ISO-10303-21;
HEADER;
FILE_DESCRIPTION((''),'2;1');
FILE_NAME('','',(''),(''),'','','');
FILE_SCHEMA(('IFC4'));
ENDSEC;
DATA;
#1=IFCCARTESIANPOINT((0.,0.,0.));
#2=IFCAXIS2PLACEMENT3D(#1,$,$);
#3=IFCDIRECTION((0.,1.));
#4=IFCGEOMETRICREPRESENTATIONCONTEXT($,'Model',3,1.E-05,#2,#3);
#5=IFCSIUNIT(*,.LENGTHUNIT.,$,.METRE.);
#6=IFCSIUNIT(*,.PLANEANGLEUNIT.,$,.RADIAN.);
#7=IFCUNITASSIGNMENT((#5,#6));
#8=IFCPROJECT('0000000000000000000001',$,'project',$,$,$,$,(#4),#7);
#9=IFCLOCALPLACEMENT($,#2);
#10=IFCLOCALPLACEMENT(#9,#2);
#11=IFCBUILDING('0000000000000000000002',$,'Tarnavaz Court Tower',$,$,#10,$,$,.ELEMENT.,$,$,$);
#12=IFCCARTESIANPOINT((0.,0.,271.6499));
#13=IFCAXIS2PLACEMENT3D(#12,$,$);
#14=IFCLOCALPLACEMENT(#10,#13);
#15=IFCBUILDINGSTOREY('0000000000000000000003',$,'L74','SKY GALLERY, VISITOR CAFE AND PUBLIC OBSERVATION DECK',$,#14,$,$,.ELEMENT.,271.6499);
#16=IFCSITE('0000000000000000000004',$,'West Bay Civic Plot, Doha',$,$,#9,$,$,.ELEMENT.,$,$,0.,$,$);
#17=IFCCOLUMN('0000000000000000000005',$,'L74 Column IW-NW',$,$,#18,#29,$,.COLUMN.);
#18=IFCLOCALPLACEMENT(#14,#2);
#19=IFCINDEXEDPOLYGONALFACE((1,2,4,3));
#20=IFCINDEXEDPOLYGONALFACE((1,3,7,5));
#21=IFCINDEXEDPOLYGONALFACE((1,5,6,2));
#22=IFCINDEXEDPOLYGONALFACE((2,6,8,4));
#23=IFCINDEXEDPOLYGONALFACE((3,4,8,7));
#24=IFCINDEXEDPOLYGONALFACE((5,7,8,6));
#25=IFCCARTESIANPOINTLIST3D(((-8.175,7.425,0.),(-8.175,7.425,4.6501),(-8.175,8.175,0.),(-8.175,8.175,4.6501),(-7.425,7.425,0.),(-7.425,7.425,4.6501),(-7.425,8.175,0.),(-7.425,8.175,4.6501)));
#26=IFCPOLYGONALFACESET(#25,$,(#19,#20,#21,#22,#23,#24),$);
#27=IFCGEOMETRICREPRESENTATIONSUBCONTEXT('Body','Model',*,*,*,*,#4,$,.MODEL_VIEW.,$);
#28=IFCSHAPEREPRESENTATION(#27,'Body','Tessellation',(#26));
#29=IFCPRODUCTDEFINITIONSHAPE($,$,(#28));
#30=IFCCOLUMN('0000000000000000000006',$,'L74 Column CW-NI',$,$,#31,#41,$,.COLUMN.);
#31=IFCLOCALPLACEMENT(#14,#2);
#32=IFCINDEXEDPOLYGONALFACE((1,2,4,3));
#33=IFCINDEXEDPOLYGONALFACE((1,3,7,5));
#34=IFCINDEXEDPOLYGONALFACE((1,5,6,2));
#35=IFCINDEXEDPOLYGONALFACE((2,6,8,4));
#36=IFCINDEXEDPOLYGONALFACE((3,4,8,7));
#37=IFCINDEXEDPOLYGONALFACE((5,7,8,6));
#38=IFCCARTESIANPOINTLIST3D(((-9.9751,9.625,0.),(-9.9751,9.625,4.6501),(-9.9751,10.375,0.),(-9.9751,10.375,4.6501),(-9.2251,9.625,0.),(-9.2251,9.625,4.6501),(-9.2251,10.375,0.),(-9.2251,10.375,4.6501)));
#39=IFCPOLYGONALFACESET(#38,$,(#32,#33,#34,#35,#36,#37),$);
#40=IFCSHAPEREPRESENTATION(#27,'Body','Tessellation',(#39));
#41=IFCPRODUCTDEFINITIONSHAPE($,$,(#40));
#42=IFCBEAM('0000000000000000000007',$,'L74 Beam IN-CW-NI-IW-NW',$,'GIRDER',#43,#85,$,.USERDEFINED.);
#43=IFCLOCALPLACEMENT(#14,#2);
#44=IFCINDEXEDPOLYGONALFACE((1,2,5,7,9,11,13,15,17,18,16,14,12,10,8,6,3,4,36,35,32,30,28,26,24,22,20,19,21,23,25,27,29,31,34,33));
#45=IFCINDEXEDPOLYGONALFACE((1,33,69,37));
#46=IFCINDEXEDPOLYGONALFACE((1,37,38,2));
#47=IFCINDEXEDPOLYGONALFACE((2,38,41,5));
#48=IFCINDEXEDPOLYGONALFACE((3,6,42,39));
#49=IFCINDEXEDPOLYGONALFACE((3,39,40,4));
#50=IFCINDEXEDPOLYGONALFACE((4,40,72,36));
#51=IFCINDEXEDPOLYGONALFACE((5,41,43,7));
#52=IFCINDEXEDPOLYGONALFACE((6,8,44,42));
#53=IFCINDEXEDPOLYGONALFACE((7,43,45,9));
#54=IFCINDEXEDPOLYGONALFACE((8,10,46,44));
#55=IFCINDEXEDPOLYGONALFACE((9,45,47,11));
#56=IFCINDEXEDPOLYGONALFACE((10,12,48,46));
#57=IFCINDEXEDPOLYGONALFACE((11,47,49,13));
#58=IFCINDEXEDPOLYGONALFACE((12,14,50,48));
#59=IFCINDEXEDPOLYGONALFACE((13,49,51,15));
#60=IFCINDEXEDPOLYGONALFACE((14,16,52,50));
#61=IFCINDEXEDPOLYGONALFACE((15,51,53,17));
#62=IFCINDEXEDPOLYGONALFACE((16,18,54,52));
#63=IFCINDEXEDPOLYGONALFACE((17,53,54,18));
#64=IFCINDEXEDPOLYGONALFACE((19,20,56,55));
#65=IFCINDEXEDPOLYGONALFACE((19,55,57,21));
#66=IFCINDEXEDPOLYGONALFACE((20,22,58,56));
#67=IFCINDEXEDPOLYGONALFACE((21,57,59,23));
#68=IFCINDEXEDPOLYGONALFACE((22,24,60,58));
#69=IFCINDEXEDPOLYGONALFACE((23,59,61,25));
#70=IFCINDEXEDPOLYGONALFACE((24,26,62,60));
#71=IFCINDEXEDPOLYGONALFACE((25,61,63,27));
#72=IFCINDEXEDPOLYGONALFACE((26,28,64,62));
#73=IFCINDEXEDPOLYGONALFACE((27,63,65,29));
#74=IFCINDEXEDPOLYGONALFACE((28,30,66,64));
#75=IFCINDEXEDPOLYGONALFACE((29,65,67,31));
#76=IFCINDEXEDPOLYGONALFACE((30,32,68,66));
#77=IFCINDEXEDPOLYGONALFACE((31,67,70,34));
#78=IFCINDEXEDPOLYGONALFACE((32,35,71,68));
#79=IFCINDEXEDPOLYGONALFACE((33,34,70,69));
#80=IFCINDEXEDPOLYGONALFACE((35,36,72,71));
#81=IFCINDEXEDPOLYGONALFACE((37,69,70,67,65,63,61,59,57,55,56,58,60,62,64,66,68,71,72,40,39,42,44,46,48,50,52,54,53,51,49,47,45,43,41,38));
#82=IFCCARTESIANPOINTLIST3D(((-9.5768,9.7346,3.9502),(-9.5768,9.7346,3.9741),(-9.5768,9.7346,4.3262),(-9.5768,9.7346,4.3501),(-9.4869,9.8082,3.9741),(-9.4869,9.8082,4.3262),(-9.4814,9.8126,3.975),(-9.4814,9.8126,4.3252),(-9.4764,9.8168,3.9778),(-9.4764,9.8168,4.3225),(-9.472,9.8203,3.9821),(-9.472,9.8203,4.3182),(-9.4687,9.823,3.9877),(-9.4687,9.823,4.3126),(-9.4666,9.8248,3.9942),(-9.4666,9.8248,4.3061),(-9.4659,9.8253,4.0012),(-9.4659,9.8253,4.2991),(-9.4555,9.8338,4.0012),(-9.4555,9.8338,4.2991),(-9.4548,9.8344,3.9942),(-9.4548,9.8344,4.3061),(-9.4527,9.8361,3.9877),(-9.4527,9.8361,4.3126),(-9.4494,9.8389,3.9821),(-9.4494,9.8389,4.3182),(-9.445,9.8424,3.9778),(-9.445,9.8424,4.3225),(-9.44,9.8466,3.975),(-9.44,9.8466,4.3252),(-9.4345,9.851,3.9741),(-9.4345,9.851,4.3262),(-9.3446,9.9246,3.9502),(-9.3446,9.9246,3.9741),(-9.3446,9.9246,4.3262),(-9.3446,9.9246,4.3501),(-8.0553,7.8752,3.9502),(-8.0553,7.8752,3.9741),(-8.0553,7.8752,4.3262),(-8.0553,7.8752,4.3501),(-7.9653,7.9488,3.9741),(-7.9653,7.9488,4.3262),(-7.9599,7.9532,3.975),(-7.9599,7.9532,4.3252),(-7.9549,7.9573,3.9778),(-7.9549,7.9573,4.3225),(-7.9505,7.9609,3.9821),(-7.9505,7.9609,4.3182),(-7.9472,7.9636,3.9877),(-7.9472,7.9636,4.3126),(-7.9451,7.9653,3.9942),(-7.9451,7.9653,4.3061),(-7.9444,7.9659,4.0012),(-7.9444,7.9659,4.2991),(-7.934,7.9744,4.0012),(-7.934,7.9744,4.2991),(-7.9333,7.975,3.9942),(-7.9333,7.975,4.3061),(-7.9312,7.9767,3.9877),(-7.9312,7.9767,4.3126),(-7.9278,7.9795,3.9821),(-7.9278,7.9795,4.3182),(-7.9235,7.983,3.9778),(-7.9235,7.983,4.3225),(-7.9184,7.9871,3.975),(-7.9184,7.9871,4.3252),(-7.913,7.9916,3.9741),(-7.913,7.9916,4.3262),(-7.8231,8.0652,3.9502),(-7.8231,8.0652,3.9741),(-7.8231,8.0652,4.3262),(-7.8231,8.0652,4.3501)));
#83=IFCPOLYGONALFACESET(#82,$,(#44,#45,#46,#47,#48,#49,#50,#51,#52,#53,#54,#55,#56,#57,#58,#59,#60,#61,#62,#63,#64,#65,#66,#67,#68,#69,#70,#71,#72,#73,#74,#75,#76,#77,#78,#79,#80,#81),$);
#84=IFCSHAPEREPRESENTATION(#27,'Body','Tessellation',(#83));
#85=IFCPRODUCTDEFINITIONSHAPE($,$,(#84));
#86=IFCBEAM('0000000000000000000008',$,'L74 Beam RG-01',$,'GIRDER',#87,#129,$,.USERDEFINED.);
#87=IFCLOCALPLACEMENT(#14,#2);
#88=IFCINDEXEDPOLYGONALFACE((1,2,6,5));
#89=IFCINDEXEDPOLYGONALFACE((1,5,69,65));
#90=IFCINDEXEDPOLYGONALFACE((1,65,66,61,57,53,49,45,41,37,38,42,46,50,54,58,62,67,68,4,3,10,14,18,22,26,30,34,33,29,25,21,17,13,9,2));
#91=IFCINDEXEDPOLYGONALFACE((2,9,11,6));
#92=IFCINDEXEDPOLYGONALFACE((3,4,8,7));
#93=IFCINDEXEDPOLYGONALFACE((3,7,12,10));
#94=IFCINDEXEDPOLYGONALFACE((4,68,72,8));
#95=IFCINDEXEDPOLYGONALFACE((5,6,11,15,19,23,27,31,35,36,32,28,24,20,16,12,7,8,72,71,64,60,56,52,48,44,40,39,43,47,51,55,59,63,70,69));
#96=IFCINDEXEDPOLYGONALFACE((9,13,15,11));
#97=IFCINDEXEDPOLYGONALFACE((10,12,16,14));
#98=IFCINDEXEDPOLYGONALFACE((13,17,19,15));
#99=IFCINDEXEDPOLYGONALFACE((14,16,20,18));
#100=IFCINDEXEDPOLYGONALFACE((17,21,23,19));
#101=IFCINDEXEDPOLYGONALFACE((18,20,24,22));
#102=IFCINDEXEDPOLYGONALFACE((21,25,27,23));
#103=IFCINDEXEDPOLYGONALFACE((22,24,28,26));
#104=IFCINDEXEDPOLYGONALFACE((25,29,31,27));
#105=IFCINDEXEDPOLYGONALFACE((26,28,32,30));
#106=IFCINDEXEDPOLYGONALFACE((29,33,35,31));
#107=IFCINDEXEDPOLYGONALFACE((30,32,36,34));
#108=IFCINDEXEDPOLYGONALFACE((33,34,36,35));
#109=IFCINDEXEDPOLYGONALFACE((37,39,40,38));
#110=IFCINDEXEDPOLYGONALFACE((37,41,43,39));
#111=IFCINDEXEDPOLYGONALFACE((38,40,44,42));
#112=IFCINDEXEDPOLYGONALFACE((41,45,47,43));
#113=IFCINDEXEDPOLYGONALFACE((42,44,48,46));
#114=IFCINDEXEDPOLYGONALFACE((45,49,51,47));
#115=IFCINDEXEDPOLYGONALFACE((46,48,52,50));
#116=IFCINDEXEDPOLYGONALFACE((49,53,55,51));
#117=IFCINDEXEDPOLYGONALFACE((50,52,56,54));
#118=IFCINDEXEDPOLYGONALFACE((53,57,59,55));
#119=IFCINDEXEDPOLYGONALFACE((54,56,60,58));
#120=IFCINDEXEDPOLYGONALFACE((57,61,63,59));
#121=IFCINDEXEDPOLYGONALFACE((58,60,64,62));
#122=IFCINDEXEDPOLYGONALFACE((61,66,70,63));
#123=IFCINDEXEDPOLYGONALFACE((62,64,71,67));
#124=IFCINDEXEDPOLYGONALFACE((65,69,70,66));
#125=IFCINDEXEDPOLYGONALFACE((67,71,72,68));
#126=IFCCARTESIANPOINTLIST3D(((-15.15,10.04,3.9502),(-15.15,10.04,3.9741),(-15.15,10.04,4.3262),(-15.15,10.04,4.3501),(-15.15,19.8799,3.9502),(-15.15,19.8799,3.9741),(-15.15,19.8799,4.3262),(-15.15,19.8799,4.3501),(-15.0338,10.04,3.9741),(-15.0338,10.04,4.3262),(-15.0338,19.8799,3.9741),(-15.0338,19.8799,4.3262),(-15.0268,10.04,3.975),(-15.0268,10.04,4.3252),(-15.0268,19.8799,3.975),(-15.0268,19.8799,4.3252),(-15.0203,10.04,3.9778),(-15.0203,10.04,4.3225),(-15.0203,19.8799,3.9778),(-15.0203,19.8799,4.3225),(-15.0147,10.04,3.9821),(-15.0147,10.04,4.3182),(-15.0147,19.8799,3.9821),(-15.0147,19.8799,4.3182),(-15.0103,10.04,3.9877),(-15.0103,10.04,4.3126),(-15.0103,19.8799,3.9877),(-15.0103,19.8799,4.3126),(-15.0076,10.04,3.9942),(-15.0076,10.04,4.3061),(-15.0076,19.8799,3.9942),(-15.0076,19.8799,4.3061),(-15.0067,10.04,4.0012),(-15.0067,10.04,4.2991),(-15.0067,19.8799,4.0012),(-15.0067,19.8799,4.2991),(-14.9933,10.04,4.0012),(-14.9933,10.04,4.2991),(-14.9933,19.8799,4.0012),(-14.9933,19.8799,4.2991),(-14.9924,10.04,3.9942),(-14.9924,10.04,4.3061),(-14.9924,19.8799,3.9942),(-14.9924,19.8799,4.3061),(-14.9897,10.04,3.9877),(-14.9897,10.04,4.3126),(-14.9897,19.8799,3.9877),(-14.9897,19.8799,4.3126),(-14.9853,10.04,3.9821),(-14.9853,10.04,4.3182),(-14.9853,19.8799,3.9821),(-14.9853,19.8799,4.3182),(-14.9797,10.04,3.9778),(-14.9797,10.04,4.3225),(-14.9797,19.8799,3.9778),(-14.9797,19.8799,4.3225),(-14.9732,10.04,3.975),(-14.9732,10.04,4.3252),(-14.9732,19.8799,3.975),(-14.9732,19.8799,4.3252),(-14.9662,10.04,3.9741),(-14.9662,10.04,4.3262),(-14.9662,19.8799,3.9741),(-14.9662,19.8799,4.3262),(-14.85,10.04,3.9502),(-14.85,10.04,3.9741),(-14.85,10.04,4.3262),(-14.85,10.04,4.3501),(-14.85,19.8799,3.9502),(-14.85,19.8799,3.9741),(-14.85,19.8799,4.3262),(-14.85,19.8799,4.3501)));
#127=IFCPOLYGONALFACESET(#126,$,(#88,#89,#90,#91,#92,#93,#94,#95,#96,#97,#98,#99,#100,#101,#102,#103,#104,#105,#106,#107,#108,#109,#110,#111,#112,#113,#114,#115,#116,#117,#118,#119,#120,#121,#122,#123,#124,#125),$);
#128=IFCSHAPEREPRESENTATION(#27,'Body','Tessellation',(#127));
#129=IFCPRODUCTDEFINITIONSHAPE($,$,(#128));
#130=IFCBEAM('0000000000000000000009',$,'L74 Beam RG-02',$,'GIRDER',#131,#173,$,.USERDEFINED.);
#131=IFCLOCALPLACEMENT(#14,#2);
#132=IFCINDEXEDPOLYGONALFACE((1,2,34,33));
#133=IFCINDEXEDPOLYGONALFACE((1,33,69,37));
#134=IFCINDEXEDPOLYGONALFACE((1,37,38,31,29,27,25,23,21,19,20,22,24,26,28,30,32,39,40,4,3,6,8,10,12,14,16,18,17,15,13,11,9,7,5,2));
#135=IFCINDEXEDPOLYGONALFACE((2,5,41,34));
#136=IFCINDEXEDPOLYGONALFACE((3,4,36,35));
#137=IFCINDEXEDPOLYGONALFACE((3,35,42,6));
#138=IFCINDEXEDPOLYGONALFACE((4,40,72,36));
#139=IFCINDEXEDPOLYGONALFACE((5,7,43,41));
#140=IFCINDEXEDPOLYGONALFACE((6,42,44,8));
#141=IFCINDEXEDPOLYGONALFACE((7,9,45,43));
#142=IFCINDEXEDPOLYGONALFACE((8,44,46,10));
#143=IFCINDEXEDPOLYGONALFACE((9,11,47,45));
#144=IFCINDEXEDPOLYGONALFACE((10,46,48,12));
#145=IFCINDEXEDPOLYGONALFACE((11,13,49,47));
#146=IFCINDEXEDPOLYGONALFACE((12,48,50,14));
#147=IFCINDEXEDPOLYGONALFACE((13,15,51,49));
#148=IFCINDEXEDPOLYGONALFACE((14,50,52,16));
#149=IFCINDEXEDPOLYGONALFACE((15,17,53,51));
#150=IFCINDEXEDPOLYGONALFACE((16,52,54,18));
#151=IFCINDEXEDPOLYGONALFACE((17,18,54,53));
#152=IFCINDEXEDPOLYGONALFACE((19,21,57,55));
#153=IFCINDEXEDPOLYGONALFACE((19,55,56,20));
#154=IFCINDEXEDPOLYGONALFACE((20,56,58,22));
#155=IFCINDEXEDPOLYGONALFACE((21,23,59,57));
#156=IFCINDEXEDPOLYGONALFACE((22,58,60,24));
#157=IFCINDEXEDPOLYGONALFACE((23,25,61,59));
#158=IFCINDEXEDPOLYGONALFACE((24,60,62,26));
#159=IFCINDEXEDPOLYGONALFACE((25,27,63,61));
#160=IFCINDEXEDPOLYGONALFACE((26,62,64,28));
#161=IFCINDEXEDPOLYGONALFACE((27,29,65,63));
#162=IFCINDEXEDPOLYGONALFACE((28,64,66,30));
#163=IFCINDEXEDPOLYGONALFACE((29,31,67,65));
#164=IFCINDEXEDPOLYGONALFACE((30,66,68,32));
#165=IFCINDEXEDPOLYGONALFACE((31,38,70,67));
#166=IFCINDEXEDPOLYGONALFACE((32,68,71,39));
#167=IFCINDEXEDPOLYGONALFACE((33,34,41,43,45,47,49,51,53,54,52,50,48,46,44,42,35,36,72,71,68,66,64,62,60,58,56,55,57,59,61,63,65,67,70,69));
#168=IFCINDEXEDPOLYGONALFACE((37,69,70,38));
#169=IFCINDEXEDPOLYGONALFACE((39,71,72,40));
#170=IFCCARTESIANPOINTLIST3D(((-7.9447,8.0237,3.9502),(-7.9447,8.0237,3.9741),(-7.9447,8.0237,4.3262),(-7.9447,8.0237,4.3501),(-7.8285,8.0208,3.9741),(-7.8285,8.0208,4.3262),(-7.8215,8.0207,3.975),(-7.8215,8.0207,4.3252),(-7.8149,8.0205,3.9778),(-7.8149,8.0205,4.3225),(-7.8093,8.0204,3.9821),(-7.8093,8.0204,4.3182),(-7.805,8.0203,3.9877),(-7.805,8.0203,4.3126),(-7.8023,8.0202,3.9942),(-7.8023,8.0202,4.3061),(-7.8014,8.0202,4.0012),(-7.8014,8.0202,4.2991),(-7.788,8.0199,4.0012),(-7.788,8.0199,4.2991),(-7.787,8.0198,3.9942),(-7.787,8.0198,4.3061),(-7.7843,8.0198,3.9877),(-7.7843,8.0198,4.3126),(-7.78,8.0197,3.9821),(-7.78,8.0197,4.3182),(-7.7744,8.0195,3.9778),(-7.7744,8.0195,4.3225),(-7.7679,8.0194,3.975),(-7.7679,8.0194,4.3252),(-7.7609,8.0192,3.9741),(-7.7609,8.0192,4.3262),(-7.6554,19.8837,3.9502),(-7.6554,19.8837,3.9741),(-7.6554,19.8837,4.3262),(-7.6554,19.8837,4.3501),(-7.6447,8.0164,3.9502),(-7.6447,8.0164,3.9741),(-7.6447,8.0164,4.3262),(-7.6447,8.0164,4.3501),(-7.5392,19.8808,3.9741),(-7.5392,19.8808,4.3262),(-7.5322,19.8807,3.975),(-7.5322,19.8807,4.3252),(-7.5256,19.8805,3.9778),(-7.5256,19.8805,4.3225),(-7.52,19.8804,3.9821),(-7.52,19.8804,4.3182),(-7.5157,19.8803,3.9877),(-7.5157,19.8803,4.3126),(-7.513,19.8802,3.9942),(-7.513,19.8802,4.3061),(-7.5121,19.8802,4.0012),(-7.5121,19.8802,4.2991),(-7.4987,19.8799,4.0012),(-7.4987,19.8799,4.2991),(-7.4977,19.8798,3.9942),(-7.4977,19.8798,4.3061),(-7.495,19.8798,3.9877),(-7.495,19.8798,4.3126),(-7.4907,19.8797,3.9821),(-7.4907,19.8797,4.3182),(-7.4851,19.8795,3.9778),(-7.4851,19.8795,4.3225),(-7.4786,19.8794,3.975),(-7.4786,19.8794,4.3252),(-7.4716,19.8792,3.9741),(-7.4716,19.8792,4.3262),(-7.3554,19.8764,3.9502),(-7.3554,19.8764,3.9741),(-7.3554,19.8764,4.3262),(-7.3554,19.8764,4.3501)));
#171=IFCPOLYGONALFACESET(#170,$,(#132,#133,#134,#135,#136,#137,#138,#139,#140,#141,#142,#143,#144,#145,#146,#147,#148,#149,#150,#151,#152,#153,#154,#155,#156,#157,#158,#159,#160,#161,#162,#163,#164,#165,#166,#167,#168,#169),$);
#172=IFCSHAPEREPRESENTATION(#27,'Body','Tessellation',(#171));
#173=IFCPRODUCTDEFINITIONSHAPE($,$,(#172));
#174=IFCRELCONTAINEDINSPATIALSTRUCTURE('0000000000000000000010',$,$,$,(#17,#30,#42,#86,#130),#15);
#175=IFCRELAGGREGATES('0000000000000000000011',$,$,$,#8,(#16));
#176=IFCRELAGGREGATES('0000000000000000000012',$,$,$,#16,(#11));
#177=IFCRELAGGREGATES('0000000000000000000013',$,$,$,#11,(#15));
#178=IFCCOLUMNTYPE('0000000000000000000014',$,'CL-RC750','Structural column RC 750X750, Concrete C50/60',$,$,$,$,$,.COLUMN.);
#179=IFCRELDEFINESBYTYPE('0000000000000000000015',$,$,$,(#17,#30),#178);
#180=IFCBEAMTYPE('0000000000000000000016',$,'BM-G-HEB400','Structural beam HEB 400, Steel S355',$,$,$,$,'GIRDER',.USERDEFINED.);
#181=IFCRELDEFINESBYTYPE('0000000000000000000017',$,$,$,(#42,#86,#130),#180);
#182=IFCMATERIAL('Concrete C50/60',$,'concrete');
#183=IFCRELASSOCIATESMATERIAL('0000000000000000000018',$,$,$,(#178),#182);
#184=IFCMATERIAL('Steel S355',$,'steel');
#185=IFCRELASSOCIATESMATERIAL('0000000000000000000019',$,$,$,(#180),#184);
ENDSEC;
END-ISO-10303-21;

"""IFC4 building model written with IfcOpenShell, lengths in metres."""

from ifc_helpers import new_model, si_unit, direction, frame, origin, origin_2d, place, context, subcontext, project, spatial, rectangle, i_section, extrude, material, material_profile, profile_set, type_object, element, save


model = new_model("IFC4")

# Units and contexts
model_context = context("Model", 3, precision=1e-05, world=origin(), true_north=direction((0.0, 1.0)))
body_context = subcontext(model_context, "Body", "Model", "MODEL_VIEW")
ifc_project = project(units=[si_unit("LENGTHUNIT", "METRE"), si_unit("PLANEANGLEUNIT", "RADIAN")], contexts=[model_context])

# Site, building, storey
site_placement = place(None, origin())
site = spatial("IfcSite", under=ifc_project, at=site_placement, Name="West Bay Civic Plot, Doha", CompositionType="ELEMENT", RefElevation=0.0)
building_placement = place(site_placement, origin())
building = spatial("IfcBuilding", under=site, at=building_placement, Name="Tarnavaz Court Tower", CompositionType="ELEMENT")
storey_placement = place(building_placement, frame((0.0, 0.0, 271.6499)))
storey = spatial("IfcBuildingStorey", under=building, at=storey_placement, Name="L74", Description="SKY GALLERY, VISITOR CAFE AND PUBLIC OBSERVATION DECK", CompositionType="ELEMENT", Elevation=271.6499)

# Columns
ifc_material_1 = material(Name="Concrete C50/60", Category="concrete")
ifc_material_profile_1 = material_profile(ifc_material_1, rectangle(XDim=0.75, YDim=0.75, at=origin_2d()), Name="RC 750X750")
ifc_profile_set_1 = profile_set([ifc_material_profile_1], Name="Concrete C50/60")
column_type = type_object("IfcColumnType", Name="CL-RC750", Description="Structural column RC 750X750, Concrete C50/60", PredefinedType="COLUMN", material=ifc_profile_set_1)
for number, where, z_axis, x_axis, name in (
    (1, (-7.8, 7.8, 0.0), (0.0, 0.0, 1.0), (1.0, 0.0, 0.0), "L74 Column IW-NW"),
    (2, (-9.6001, 10.0, 0.0), (0.0, 0.0, 1.0), (1.0, 0.0, 0.0), "L74 Column CW-NI"),
):
    element("IfcColumn", number, at=place(storey_placement, frame(where, z_axis=z_axis, x_axis=x_axis)), inside=storey, type_object=column_type, Name=name, PredefinedType="COLUMN", context=body_context, shape_type="SweptSolid", body=[
        extrude(rectangle(XDim=0.75, YDim=0.75, at=origin_2d()), origin(), (0.0, 0.0, 1.0), 4.6501),
    ])

# Beams
ifc_material_2 = material(Name="Steel S355", Category="steel")
ifc_material_profile_2 = material_profile(ifc_material_2, i_section(OverallWidth=0.3, OverallDepth=0.3999, WebThickness=0.0134, FlangeThickness=0.0239, FilletRadius=0.0271, at=origin_2d()), Name="HEB 400")
ifc_profile_set_2 = profile_set([ifc_material_profile_2], Name="Steel S355")
beam_type_1 = type_object("IfcBeamType", Name="BM-G-HEB400", Description="Structural beam HEB 400, Steel S355", ElementType="GIRDER", PredefinedType="USERDEFINED", material=ifc_profile_set_2)
beam_1_placement = place(storey_placement, frame((-9.4607, 9.8296, 4.1501), z_axis=(0.633282, -0.773921, 0.0), x_axis=(0.773921, 0.633282, 0.0)))
element("IfcBeam", 3, at=beam_1_placement, inside=storey, type_object=beam_type_1, Name="L74 Beam IN-CW-NI-IW-NW", ObjectType="GIRDER", PredefinedType="USERDEFINED", context=body_context, shape_type="SweptSolid", body=[
    extrude(i_section(OverallWidth=0.3, OverallDepth=0.3999, WebThickness=0.0134, FlangeThickness=0.0239, FilletRadius=0.0271, at=origin_2d()), origin(), (0.0, 0.0, 1.0), 2.4026),
])
beam_2_placement = place(storey_placement, frame((-15.0, 10.04, 4.1501), z_axis=(0.0, 1.0, 0.0), x_axis=(-1.0, 0.0, 0.0)))
element("IfcBeam", 4, at=beam_2_placement, inside=storey, type_object=beam_type_1, Name="L74 Beam RG-01", ObjectType="GIRDER", PredefinedType="USERDEFINED", context=body_context, shape_type="SweptSolid", body=[
    extrude(i_section(OverallWidth=0.3, OverallDepth=0.3999, WebThickness=0.0134, FlangeThickness=0.0239, FilletRadius=0.0271, at=origin_2d()), origin(), (0.0, 0.0, 1.0), 9.8398),
])
beam_3_placement = place(storey_placement, frame((-7.7947, 8.02, 4.1501), z_axis=(0.024386, 0.999703, 0.0), x_axis=(-0.999703, 0.024386, 0.0)))
element("IfcBeam", 5, at=beam_3_placement, inside=storey, type_object=beam_type_1, Name="L74 Beam RG-02", ObjectType="GIRDER", PredefinedType="USERDEFINED", context=body_context, shape_type="SweptSolid", body=[
    extrude(i_section(OverallWidth=0.3, OverallDepth=0.3999, WebThickness=0.0134, FlangeThickness=0.0239, FilletRadius=0.0271, at=origin_2d()), origin(), (0.0, 0.0, 1.0), 11.8635),
])

save(model, "model.ifc")
